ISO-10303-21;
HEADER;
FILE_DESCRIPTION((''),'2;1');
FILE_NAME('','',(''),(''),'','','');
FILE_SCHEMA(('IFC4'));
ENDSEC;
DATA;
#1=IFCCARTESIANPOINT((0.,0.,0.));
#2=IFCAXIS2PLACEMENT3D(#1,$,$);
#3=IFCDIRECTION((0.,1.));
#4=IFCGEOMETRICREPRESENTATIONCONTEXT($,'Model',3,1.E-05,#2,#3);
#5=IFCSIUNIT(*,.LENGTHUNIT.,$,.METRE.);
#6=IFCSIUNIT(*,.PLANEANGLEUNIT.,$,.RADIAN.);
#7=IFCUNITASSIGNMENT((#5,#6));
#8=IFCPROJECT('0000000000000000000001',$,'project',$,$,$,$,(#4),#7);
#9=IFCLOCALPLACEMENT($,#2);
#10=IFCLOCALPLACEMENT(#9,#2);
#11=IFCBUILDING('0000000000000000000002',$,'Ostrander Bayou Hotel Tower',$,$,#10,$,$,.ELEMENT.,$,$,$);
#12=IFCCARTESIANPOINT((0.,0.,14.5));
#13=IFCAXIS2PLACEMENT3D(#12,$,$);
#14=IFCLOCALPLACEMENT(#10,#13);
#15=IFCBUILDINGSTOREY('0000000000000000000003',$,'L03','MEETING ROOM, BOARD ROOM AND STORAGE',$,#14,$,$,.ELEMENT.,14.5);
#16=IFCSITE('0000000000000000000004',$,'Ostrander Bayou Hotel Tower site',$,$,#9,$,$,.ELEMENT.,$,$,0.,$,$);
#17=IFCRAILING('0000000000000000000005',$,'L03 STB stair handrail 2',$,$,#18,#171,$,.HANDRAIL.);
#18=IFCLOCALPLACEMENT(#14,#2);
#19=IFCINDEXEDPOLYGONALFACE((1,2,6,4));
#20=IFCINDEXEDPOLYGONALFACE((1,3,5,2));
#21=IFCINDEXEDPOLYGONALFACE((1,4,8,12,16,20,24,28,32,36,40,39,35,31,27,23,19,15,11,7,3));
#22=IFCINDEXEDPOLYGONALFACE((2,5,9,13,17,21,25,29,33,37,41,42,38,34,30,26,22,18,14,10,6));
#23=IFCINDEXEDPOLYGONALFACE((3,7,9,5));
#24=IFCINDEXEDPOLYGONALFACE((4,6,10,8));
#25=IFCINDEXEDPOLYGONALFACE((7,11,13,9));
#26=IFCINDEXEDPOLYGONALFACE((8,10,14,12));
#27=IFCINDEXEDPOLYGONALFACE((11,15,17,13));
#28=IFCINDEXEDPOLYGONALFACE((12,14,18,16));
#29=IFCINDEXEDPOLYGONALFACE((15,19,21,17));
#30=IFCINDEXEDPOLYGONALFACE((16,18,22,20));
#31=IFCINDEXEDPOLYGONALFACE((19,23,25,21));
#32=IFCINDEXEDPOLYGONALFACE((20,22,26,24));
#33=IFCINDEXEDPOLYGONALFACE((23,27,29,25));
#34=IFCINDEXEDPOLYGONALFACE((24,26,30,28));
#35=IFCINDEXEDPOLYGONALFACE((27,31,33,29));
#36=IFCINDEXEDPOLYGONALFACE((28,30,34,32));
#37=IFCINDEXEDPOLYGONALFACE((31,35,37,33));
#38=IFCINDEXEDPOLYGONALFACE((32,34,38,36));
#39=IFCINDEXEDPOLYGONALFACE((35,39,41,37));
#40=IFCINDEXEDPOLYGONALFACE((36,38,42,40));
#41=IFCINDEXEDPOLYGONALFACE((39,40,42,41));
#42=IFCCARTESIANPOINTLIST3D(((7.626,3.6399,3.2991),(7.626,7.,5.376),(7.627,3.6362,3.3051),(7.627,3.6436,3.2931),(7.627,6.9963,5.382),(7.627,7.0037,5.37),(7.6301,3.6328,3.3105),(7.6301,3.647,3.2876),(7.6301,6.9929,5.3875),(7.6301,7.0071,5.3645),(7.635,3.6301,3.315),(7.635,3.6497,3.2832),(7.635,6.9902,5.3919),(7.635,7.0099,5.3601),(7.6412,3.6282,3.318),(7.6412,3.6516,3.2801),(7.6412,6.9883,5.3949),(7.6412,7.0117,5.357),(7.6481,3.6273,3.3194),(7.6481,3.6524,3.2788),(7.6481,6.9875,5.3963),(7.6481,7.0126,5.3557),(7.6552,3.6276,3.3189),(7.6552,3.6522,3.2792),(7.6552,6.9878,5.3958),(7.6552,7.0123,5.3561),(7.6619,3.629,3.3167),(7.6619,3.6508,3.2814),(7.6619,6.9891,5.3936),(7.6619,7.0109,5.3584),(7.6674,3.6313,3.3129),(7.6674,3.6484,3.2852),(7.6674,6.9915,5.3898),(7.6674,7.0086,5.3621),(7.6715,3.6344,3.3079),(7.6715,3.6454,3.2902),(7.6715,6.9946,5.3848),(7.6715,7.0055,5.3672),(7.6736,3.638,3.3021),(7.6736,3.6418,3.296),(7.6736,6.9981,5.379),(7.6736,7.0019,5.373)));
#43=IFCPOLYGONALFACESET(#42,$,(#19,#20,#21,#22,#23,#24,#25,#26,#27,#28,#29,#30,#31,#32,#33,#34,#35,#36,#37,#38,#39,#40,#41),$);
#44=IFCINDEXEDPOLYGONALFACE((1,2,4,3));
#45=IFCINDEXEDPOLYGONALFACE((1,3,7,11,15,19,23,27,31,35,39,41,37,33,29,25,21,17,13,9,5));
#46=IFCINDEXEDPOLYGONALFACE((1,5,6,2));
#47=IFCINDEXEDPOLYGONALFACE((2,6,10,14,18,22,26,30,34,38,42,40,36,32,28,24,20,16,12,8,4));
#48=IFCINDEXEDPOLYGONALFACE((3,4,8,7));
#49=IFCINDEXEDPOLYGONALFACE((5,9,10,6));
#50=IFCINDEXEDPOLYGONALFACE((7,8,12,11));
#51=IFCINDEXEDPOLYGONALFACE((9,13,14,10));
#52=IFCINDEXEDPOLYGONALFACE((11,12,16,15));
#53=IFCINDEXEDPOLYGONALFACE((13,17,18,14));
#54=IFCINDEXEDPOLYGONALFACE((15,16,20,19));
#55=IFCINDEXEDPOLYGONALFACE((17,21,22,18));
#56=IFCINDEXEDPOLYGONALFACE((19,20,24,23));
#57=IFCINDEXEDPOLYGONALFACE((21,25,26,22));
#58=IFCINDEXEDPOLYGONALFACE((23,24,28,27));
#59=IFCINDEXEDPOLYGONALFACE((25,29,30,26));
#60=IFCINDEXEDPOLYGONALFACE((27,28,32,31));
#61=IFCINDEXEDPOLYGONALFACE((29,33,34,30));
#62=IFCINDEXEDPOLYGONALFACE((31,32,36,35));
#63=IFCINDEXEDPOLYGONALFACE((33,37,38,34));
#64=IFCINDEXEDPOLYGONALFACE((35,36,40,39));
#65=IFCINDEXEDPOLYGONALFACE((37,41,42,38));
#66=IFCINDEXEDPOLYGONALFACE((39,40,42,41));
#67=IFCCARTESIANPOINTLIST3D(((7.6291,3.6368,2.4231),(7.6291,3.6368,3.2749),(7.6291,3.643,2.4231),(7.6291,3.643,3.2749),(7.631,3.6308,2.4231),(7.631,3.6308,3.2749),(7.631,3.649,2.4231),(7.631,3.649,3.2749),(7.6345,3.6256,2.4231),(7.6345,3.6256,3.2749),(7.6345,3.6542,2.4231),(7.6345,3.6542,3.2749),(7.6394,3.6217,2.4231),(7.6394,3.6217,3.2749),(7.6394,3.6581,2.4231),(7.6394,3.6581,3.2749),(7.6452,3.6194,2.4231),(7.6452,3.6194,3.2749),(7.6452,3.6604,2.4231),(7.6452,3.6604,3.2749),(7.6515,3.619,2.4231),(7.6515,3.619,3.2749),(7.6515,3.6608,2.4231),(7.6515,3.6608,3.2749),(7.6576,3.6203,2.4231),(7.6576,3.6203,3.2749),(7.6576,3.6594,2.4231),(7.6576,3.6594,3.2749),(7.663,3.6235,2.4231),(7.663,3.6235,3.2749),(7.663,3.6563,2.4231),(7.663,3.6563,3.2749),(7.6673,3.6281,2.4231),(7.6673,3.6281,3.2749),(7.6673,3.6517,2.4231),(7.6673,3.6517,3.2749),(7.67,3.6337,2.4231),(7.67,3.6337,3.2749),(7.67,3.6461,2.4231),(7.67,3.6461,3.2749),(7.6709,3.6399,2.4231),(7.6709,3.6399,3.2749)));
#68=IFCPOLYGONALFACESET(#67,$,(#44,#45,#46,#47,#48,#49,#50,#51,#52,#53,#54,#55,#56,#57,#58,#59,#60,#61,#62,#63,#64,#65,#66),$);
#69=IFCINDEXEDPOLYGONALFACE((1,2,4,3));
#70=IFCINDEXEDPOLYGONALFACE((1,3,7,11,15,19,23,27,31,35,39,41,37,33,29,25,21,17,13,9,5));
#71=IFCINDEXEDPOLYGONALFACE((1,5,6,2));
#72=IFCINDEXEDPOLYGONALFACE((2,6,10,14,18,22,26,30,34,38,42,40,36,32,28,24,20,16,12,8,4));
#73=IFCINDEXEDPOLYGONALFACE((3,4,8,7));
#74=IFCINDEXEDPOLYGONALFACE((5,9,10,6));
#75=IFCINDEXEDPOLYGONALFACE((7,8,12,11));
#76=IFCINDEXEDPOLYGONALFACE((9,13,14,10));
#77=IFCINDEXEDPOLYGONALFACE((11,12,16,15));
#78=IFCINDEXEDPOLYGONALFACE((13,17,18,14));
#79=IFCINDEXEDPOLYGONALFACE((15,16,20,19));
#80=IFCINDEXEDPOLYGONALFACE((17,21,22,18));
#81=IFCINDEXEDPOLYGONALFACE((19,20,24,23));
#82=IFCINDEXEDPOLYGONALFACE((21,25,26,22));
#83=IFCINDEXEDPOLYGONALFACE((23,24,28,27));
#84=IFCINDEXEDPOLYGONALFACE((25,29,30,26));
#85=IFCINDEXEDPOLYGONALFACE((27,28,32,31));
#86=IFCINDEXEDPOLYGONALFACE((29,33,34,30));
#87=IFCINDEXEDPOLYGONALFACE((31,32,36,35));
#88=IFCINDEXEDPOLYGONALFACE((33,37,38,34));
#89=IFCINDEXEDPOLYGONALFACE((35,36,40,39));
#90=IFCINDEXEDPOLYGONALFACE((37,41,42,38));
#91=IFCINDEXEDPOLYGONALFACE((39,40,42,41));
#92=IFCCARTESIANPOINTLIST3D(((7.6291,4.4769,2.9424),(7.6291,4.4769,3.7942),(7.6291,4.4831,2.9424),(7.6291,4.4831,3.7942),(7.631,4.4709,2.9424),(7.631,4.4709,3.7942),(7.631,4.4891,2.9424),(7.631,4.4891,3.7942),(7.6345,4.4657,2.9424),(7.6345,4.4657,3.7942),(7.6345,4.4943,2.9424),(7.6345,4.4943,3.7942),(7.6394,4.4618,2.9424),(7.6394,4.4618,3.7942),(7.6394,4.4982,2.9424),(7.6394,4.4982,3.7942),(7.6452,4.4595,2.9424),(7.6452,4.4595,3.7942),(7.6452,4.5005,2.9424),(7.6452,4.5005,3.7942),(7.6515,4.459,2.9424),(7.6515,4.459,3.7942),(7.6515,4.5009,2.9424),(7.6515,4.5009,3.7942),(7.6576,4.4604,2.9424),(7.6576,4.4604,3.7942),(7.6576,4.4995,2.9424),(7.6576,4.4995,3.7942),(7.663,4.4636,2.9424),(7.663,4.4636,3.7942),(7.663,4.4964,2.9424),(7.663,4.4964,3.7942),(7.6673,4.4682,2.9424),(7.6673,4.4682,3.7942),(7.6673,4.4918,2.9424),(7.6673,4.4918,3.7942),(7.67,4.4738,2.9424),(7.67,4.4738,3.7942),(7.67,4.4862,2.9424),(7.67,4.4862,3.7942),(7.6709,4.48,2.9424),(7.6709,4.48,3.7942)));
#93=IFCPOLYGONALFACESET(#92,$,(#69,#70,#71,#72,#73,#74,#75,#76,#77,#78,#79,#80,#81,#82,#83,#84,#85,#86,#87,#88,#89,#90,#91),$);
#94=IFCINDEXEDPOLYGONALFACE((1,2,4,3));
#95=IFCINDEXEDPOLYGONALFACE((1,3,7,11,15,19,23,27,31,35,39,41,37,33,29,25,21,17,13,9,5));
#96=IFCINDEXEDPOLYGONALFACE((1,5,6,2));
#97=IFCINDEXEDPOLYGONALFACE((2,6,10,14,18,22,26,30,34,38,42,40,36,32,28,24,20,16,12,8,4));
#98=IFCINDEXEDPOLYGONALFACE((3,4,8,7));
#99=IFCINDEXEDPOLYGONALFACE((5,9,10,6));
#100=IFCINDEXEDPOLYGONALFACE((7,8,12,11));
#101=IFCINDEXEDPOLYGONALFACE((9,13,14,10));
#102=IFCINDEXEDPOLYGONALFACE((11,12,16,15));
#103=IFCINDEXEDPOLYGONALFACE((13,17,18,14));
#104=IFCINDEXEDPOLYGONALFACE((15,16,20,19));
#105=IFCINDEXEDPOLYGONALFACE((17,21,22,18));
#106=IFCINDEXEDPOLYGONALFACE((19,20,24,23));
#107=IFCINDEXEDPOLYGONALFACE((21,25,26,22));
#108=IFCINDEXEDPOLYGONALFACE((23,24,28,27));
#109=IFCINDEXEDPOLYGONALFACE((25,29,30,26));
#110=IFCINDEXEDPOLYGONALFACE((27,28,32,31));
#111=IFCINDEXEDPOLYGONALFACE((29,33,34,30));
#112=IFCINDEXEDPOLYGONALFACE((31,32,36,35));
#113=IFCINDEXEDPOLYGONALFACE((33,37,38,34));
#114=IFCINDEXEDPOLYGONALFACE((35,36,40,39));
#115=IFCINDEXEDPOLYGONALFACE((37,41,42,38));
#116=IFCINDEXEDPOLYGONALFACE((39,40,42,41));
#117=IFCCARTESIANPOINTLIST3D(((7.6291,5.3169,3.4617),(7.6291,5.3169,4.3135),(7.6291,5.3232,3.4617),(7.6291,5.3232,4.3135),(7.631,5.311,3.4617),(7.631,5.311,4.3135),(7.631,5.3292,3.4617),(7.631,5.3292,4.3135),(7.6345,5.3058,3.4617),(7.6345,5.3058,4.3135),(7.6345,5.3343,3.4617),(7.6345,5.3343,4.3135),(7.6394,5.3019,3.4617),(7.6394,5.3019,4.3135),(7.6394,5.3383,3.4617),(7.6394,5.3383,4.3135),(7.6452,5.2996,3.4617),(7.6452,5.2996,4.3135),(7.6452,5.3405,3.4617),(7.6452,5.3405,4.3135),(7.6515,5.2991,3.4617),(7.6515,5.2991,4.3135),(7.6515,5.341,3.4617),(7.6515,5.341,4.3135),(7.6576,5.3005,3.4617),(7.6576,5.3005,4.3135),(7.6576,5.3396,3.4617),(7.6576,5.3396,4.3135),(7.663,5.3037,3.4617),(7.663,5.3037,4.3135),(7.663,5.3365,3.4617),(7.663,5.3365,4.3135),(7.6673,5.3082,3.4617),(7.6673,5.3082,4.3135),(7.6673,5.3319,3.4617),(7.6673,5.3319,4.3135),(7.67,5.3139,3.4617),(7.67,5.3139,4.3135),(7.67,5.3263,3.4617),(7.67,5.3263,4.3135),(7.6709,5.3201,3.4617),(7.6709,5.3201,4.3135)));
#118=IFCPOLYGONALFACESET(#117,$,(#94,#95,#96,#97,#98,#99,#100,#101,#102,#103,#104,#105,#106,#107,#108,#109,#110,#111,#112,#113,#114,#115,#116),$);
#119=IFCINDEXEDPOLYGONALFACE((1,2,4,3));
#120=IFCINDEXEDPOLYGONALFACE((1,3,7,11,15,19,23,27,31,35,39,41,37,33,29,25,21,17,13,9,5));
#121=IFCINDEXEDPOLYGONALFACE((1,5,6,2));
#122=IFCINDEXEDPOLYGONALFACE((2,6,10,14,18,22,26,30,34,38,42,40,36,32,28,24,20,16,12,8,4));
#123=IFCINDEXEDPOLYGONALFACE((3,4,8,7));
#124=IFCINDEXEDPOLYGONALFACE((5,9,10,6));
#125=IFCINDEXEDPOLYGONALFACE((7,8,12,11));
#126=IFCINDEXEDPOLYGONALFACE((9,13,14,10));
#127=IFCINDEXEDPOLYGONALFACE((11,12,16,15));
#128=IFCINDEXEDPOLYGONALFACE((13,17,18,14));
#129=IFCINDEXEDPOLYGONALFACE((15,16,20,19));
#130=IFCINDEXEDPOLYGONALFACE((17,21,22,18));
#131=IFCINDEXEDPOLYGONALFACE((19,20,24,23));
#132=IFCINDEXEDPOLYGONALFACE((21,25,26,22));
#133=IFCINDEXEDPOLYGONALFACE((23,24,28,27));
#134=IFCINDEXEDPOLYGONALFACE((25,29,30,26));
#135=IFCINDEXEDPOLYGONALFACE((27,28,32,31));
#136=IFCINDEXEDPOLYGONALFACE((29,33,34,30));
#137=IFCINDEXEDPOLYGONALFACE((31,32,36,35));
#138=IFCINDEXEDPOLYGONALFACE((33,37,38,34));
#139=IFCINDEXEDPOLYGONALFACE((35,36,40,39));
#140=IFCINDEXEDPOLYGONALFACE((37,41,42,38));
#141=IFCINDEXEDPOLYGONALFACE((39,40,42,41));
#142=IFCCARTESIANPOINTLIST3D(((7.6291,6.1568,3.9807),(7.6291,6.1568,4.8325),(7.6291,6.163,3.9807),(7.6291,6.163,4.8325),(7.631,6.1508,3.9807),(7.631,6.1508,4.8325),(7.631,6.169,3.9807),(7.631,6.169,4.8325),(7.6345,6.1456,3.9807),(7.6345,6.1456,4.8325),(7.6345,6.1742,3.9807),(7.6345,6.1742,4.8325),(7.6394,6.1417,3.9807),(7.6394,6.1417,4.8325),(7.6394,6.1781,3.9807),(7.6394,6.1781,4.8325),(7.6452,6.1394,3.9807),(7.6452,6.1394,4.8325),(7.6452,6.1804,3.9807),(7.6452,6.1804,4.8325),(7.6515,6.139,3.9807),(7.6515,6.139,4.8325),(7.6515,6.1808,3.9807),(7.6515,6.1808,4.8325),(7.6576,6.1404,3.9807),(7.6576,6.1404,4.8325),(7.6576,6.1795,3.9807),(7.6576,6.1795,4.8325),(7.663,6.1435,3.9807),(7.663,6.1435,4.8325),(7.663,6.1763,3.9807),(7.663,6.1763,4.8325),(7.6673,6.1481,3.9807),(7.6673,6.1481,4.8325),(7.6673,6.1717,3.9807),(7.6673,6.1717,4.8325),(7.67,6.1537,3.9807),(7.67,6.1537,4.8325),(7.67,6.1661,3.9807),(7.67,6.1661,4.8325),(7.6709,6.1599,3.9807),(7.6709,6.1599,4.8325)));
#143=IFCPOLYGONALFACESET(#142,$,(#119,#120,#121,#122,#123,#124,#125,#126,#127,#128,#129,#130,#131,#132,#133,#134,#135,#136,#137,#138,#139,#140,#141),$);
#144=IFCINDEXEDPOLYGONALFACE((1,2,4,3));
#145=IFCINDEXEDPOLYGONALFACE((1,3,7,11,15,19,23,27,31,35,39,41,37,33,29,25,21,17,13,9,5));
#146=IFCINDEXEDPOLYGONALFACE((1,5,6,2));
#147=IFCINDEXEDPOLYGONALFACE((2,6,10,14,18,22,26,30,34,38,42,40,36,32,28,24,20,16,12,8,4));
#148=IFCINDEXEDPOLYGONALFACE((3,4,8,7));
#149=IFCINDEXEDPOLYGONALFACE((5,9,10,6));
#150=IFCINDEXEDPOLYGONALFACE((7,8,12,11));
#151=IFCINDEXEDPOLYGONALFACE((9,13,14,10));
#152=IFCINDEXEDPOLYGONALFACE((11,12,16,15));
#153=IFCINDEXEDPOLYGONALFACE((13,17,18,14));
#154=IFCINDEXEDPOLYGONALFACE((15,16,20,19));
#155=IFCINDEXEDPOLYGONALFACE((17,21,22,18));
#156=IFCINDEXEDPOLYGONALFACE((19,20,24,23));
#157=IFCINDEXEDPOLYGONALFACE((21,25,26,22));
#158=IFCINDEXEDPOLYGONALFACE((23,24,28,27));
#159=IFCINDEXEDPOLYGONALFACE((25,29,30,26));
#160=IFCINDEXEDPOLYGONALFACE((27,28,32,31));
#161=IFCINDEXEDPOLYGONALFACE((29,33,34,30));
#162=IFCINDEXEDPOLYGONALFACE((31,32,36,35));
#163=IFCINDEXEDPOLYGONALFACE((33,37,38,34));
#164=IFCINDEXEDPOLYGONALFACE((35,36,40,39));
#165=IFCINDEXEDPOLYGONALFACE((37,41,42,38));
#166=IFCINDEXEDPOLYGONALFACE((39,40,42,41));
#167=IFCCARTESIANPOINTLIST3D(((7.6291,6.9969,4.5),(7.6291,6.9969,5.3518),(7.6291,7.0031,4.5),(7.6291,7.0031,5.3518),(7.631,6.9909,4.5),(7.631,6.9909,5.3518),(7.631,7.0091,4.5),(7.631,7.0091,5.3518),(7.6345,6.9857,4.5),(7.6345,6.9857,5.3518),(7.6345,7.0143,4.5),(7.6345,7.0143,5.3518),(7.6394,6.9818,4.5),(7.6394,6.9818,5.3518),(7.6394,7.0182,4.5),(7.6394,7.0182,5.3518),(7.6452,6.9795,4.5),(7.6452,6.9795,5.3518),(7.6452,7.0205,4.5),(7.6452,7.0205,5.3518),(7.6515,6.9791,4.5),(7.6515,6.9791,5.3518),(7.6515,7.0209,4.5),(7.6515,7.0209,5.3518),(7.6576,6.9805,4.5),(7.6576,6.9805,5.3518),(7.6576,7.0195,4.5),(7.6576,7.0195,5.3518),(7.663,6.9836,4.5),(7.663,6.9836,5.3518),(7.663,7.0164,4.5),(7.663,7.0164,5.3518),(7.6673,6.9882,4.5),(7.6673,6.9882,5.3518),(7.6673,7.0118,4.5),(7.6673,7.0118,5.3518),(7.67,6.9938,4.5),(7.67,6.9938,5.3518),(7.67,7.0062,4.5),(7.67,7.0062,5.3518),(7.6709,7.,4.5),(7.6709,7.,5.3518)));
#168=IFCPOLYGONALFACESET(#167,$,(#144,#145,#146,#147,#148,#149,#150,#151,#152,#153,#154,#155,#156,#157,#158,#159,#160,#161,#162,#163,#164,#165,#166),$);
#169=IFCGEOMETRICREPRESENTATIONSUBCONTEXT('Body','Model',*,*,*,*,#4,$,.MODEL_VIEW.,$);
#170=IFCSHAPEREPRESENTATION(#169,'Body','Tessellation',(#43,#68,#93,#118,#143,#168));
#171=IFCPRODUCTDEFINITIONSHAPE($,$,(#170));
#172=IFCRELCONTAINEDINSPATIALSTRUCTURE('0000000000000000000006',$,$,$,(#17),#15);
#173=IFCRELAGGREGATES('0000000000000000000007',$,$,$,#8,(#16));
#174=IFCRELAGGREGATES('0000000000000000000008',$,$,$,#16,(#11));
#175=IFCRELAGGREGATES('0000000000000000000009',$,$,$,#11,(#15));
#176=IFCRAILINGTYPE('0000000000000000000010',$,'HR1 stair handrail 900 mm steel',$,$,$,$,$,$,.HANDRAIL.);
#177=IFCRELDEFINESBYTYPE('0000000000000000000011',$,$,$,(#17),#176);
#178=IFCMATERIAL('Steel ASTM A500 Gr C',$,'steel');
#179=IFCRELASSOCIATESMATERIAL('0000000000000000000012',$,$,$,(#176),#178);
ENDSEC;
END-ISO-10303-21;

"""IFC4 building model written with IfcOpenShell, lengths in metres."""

from ifc_helpers import new_model, si_unit, direction, frame, origin, origin_2d, place, context, subcontext, project, spatial, circle, extrude, material, type_object, element, save


model = new_model("IFC4")

# Units and contexts
model_context = context("Model", 3, precision=1e-05, world=origin(), true_north=direction((0.0, 1.0)))
body_context = subcontext(model_context, "Body", "Model", "MODEL_VIEW")
ifc_project = project(units=[si_unit("LENGTHUNIT", "METRE"), si_unit("PLANEANGLEUNIT", "RADIAN")], contexts=[model_context])

# Site, building, storey
site_placement = place(None, origin())
site = spatial("IfcSite", under=ifc_project, at=site_placement, Name="Ostrander Bayou Hotel Tower site", CompositionType="ELEMENT", RefElevation=0.0)
building_placement = place(site_placement, origin())
building = spatial("IfcBuilding", under=site, at=building_placement, Name="Ostrander Bayou Hotel Tower", CompositionType="ELEMENT")
storey_placement = place(building_placement, frame((0.0, 0.0, 14.5)))
storey = spatial("IfcBuildingStorey", under=building, at=storey_placement, Name="L03", Description="MEETING ROOM, BOARD ROOM AND STORAGE", CompositionType="ELEMENT", Elevation=14.5)

# Railing
ifc_material_1 = material(Name="Steel ASTM A500 Gr C", Category="steel")
railing_type_1 = type_object("IfcRailingType", Name="HR1 stair handrail 900 mm steel", PredefinedType="HANDRAIL", material=ifc_material_1)
railing_1_placement = place(storey_placement, frame((7.6499, 3.6399, 2.4231)))
element("IfcRailing", 1, at=railing_1_placement, inside=storey, type_object=railing_type_1, Name="L03 STB stair handrail 2", PredefinedType="HANDRAIL", context=body_context, shape_type="SweptSolid", body=[
    extrude(circle(Radius=0.0239, at=origin_2d()), frame((0.0, 0.0, 0.876), z_axis=(0.0, 0.850623, 0.525776), x_axis=(-1.0, 0.0, 0.0)), (0.0, 0.0, 1.0), 3.9502),
    extrude(circle(Radius=0.021, at=origin_2d()), origin(), (0.0, 0.0, 1.0), 0.8518),
    extrude(circle(Radius=0.021, at=origin_2d()), frame((0.0, 0.8401, 0.5193)), (0.0, 0.0, 1.0), 0.8518),
    extrude(circle(Radius=0.021, at=origin_2d()), frame((0.0, 1.6802, 1.0386)), (0.0, 0.0, 1.0), 0.8518),
    extrude(circle(Radius=0.021, at=origin_2d()), frame((0.0, 2.52, 1.5576)), (0.0, 0.0, 1.0), 0.8518),
    extrude(circle(Radius=0.021, at=origin_2d()), frame((0.0, 3.3601, 2.0769)), (0.0, 0.0, 1.0), 0.8518),
])

save(model, "model.ifc")
